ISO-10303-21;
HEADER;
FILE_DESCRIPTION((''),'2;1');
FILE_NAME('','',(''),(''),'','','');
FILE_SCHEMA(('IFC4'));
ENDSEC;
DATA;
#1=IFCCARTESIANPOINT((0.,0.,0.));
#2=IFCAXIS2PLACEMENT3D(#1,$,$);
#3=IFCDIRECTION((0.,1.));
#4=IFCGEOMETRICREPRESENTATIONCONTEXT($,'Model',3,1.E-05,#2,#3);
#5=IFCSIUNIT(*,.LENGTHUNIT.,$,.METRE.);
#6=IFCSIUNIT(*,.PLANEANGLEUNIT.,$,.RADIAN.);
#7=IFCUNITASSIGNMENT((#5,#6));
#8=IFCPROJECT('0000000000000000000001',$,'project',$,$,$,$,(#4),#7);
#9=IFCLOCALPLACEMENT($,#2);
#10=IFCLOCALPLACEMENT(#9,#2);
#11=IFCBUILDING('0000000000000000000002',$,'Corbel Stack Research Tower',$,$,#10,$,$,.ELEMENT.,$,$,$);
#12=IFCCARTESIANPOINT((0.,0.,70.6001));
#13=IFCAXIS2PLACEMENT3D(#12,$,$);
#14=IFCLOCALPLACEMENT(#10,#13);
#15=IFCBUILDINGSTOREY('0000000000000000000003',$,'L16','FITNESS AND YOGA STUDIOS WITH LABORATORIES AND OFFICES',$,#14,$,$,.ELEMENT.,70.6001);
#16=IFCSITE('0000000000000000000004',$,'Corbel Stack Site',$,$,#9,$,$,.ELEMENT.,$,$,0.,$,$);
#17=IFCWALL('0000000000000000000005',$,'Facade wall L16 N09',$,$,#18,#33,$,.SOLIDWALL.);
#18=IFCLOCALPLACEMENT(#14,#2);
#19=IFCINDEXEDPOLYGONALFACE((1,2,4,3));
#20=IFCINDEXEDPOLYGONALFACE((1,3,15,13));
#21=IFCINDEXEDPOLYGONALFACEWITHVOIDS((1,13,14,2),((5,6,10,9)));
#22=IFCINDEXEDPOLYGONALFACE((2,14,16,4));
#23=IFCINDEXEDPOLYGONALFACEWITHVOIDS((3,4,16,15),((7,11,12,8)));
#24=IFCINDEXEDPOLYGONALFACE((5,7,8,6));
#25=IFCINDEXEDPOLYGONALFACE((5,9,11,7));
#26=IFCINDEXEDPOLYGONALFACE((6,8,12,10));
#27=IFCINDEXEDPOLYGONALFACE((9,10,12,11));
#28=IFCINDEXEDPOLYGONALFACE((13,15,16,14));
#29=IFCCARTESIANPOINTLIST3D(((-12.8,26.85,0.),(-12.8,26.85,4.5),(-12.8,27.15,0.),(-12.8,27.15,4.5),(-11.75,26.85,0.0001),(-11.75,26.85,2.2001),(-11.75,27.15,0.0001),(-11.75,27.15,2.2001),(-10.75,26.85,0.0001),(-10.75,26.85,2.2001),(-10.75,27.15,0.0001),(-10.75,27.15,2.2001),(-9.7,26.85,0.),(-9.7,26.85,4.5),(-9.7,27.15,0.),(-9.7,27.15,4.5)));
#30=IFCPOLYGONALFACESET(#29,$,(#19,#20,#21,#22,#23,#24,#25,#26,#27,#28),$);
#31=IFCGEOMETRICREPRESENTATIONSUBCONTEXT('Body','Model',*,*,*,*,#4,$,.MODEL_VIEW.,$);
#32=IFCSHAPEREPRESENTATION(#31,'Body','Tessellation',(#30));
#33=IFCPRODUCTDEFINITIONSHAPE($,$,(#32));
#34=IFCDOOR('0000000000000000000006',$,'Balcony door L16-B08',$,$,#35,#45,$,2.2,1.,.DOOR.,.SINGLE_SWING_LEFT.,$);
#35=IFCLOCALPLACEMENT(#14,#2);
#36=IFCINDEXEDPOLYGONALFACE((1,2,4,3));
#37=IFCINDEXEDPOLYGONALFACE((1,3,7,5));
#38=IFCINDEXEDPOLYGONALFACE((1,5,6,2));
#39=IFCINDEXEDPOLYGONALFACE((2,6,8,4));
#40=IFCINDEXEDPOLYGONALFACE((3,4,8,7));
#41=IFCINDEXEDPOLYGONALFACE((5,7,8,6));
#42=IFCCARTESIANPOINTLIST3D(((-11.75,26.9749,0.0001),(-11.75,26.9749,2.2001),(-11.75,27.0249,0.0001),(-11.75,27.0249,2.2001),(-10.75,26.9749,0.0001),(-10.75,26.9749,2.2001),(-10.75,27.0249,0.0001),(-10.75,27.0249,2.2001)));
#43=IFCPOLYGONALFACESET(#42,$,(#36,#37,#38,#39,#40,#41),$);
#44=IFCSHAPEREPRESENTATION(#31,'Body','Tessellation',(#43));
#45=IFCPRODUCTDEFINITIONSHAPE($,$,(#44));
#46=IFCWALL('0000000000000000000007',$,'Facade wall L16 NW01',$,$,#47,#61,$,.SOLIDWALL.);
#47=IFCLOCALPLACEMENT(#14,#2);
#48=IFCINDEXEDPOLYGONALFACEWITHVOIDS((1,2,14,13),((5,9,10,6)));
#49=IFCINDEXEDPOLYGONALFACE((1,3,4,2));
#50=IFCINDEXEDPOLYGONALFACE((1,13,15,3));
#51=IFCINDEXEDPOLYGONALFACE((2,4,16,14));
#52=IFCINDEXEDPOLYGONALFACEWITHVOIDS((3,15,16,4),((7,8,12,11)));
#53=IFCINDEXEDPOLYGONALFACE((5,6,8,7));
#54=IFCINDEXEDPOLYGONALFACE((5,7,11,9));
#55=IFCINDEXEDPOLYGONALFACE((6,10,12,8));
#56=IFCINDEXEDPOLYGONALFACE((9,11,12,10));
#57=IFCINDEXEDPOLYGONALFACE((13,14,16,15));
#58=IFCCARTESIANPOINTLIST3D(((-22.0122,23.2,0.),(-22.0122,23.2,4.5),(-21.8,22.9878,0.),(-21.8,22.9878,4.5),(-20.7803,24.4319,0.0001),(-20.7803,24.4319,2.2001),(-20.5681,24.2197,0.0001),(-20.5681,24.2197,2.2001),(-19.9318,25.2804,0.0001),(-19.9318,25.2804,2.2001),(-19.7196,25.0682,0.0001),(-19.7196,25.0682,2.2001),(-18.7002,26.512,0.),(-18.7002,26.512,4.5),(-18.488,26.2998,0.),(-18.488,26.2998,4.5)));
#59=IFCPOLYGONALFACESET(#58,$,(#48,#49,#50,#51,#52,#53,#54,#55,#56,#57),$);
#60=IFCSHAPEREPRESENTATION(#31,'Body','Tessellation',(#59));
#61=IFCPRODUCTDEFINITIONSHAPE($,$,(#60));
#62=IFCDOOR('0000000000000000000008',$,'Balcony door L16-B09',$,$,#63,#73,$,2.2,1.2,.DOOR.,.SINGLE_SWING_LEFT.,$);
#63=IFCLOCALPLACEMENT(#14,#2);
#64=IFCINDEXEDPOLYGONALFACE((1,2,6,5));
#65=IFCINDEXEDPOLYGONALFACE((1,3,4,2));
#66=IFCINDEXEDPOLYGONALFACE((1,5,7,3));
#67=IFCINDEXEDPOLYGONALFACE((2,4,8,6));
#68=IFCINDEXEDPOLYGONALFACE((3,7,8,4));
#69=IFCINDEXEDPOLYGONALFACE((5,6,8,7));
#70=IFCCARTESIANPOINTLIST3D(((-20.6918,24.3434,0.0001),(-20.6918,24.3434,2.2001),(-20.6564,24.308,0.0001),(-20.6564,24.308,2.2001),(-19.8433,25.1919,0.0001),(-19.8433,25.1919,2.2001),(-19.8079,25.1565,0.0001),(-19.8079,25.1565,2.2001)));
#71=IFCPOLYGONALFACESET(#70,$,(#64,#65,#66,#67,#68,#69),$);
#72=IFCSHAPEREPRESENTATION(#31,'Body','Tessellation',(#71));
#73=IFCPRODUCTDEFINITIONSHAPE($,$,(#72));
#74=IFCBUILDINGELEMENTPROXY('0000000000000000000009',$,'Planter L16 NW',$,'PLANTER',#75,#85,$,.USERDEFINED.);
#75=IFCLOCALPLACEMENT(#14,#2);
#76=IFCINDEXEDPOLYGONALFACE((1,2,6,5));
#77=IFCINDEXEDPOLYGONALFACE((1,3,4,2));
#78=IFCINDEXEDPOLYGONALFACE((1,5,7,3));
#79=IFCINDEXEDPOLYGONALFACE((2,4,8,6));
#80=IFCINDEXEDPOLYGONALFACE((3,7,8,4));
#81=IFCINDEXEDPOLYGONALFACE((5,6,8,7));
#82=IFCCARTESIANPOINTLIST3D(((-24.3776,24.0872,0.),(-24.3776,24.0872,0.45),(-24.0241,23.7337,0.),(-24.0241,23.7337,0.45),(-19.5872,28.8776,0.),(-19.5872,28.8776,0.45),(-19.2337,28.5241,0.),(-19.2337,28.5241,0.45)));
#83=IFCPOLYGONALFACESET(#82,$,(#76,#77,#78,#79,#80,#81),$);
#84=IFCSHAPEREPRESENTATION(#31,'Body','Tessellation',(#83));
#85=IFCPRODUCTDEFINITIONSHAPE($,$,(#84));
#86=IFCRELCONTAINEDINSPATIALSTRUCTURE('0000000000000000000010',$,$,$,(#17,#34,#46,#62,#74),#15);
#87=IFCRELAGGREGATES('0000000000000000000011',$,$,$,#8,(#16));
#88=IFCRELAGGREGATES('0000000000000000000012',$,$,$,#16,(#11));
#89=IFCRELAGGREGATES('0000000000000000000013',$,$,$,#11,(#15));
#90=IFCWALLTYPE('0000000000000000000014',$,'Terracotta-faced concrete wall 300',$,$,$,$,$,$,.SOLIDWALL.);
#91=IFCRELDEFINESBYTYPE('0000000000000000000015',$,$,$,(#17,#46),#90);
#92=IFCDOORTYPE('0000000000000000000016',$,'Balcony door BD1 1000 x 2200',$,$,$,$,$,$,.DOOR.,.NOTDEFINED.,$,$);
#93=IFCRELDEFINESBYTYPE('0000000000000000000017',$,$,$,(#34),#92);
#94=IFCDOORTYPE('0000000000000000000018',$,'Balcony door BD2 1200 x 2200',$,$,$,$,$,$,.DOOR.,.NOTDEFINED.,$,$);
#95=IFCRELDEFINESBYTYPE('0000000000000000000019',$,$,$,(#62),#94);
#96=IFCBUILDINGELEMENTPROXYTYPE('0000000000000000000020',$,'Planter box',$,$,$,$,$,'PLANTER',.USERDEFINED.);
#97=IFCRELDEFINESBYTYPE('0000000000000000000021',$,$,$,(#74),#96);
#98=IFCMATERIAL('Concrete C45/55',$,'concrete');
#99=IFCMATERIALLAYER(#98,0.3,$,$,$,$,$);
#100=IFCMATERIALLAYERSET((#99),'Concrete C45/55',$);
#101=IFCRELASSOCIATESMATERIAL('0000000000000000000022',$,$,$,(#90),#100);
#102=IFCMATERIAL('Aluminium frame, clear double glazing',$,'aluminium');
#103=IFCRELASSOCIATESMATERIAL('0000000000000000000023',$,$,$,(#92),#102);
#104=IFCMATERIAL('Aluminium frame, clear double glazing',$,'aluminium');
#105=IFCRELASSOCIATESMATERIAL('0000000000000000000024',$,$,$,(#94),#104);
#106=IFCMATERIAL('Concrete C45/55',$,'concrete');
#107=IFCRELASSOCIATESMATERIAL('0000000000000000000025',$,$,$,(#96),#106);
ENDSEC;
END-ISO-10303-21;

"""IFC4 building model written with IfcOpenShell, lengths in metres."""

from ifc_helpers import new_model, si_unit, direction, frame, frame_2d, origin, origin_2d, place, context, subcontext, project, spatial, rectangle, extrude, material, layer, layer_set, type_object, element, fill, save


model = new_model("IFC4")

# Units and contexts
model_context = context("Model", 3, precision=1e-05, world=origin(), true_north=direction((0.0, 1.0)))
body_context = subcontext(model_context, "Body", "Model", "MODEL_VIEW")
ifc_project = project(units=[si_unit("LENGTHUNIT", "METRE"), si_unit("PLANEANGLEUNIT", "RADIAN")], contexts=[model_context])

# Site, building, storey
site_placement = place(None, origin())
site = spatial("IfcSite", under=ifc_project, at=site_placement, Name="Corbel Stack Site", CompositionType="ELEMENT", RefElevation=0.0)
building_placement = place(site_placement, origin())
building = spatial("IfcBuilding", under=site, at=building_placement, Name="Corbel Stack Research Tower", CompositionType="ELEMENT")
storey_placement = place(building_placement, frame((0.0, 0.0, 70.6001)))
storey = spatial("IfcBuildingStorey", under=building, at=storey_placement, Name="L16", Description="FITNESS AND YOGA STUDIOS WITH LABORATORIES AND OFFICES", CompositionType="ELEMENT", Elevation=70.6001)

# Walls, openings, doors
ifc_material_1 = material(Name="Concrete C45/55", Category="concrete")
ifc_layer_1 = layer(ifc_material_1, 0.3)
ifc_layer_set_1 = layer_set([ifc_layer_1], Name="Concrete C45/55")
wall_type = type_object("IfcWallType", Name="Terracotta-faced concrete wall 300", PredefinedType="SOLIDWALL", material=ifc_layer_set_1)
wall_1_placement = place(storey_placement, frame((-12.8, 27.0, 0.0), z_axis=(0.0, 0.0, 1.0), x_axis=(1.0, 0.0, 0.0)))
wall_1 = element("IfcWall", 1, at=wall_1_placement, inside=storey, type_object=wall_type, Name="Facade wall L16 N09", PredefinedType="SOLIDWALL", context=body_context, shape_type="SweptSolid", body=[
    extrude(rectangle(XDim=3.1001, YDim=0.3, at=frame_2d((1.55, 0.0))), origin(), (0.0, 0.0, 1.0), 4.5),
])
opening_1_placement = place(wall_1_placement, frame((1.05, 0.0, 0.0)))
opening_1 = element("IfcOpeningElement", 2, at=opening_1_placement, cuts=wall_1, PredefinedType="OPENING", context=body_context, shape_type="SweptSolid", body=[
    extrude(rectangle(XDim=1.0, YDim=2.2, at=frame_2d((0.5, 1.1001))), frame((0.0, 0.1599, 0.0), z_axis=(0.0, -1.0, 0.0), x_axis=(1.0, 0.0, 0.0)), (0.0, 0.0, 1.0), 0.3201),
])
ifc_material_2 = material(Name="Aluminium frame, clear double glazing", Category="aluminium")
door_type_1 = type_object("IfcDoorType", Name="Balcony door BD1 1000 x 2200", OperationType="NOTDEFINED", PredefinedType="DOOR", material=ifc_material_2)
door_1_placement = place(opening_1_placement, origin())
door_1 = element("IfcDoor", 3, at=door_1_placement, inside=storey, type_object=door_type_1, Name="Balcony door L16-B08", OperationType="SINGLE_SWING_LEFT", OverallHeight=2.2, OverallWidth=1.0, PredefinedType="DOOR", context=body_context, shape_type="SweptSolid", body=[
    extrude(rectangle(XDim=1.0, YDim=2.2, at=frame_2d((0.5, 1.1001))), frame((0.0, 0.0249, 0.0), z_axis=(0.0, -1.0, 0.0), x_axis=(1.0, 0.0, 0.0)), (0.0, 0.0, 1.0), 0.05),
])
fill(opening_1, door_1)
wall_2_placement = place(storey_placement, frame((-21.906, 23.094, 0.0), z_axis=(0.0, 0.0, 1.0), x_axis=(0.707107, 0.707107, 0.0)))
wall_2 = element("IfcWall", 4, at=wall_2_placement, inside=storey, type_object=wall_type, Name="Facade wall L16 NW01", PredefinedType="SOLIDWALL", context=body_context, shape_type="SweptSolid", body=[
    extrude(rectangle(XDim=4.6838, YDim=0.3, at=frame_2d((2.3418, 0.0))), origin(), (0.0, 0.0, 1.0), 4.5),
])
opening_2_placement = place(wall_2_placement, frame((1.7419, 0.0, 0.0)))
opening_2 = element("IfcOpeningElement", 5, at=opening_2_placement, cuts=wall_2, PredefinedType="OPENING", context=body_context, shape_type="SweptSolid", body=[
    extrude(rectangle(XDim=1.2, YDim=2.2, at=frame_2d((0.6001, 1.1001))), frame((0.0, 0.1599, 0.0), z_axis=(0.0, -1.0, 0.0), x_axis=(1.0, 0.0, 0.0)), (0.0, 0.0, 1.0), 0.3201),
])
ifc_material_3 = material(Name="Aluminium frame, clear double glazing", Category="aluminium")
door_type_2 = type_object("IfcDoorType", Name="Balcony door BD2 1200 x 2200", OperationType="NOTDEFINED", PredefinedType="DOOR", material=ifc_material_3)
door_2_placement = place(opening_2_placement, origin())
door_2 = element("IfcDoor", 6, at=door_2_placement, inside=storey, type_object=door_type_2, Name="Balcony door L16-B09", OperationType="SINGLE_SWING_LEFT", OverallHeight=2.2, OverallWidth=1.2, PredefinedType="DOOR", context=body_context, shape_type="SweptSolid", body=[
    extrude(rectangle(XDim=1.2, YDim=2.2, at=frame_2d((0.6001, 1.1001))), frame((0.0, 0.0249, 0.0), z_axis=(0.0, -1.0, 0.0), x_axis=(1.0, 0.0, 0.0)), (0.0, 0.0, 1.0), 0.05),
])
fill(opening_2, door_2)

# Building element proxy
ifc_material_4 = material(Name="Concrete C45/55", Category="concrete")
building_element_proxy_type = type_object("IfcBuildingElementProxyType", Name="Planter box", ElementType="PLANTER", PredefinedType="USERDEFINED", material=ifc_material_4)
proxy_placement = place(storey_placement, frame((-21.8057, 26.3057, 0.0), z_axis=(0.0, 0.0, 1.0), x_axis=(-0.707107, -0.707107, 0.0)))
element("IfcBuildingElementProxy", 7, at=proxy_placement, inside=storey, type_object=building_element_proxy_type, Name="Planter L16 NW", ObjectType="PLANTER", PredefinedType="USERDEFINED", context=body_context, shape_type="SweptSolid", body=[
    extrude(rectangle(XDim=6.7747, YDim=0.5, at=origin_2d()), origin(), (0.0, 0.0, 1.0), 0.45),
])

save(model, "model.ifc")
